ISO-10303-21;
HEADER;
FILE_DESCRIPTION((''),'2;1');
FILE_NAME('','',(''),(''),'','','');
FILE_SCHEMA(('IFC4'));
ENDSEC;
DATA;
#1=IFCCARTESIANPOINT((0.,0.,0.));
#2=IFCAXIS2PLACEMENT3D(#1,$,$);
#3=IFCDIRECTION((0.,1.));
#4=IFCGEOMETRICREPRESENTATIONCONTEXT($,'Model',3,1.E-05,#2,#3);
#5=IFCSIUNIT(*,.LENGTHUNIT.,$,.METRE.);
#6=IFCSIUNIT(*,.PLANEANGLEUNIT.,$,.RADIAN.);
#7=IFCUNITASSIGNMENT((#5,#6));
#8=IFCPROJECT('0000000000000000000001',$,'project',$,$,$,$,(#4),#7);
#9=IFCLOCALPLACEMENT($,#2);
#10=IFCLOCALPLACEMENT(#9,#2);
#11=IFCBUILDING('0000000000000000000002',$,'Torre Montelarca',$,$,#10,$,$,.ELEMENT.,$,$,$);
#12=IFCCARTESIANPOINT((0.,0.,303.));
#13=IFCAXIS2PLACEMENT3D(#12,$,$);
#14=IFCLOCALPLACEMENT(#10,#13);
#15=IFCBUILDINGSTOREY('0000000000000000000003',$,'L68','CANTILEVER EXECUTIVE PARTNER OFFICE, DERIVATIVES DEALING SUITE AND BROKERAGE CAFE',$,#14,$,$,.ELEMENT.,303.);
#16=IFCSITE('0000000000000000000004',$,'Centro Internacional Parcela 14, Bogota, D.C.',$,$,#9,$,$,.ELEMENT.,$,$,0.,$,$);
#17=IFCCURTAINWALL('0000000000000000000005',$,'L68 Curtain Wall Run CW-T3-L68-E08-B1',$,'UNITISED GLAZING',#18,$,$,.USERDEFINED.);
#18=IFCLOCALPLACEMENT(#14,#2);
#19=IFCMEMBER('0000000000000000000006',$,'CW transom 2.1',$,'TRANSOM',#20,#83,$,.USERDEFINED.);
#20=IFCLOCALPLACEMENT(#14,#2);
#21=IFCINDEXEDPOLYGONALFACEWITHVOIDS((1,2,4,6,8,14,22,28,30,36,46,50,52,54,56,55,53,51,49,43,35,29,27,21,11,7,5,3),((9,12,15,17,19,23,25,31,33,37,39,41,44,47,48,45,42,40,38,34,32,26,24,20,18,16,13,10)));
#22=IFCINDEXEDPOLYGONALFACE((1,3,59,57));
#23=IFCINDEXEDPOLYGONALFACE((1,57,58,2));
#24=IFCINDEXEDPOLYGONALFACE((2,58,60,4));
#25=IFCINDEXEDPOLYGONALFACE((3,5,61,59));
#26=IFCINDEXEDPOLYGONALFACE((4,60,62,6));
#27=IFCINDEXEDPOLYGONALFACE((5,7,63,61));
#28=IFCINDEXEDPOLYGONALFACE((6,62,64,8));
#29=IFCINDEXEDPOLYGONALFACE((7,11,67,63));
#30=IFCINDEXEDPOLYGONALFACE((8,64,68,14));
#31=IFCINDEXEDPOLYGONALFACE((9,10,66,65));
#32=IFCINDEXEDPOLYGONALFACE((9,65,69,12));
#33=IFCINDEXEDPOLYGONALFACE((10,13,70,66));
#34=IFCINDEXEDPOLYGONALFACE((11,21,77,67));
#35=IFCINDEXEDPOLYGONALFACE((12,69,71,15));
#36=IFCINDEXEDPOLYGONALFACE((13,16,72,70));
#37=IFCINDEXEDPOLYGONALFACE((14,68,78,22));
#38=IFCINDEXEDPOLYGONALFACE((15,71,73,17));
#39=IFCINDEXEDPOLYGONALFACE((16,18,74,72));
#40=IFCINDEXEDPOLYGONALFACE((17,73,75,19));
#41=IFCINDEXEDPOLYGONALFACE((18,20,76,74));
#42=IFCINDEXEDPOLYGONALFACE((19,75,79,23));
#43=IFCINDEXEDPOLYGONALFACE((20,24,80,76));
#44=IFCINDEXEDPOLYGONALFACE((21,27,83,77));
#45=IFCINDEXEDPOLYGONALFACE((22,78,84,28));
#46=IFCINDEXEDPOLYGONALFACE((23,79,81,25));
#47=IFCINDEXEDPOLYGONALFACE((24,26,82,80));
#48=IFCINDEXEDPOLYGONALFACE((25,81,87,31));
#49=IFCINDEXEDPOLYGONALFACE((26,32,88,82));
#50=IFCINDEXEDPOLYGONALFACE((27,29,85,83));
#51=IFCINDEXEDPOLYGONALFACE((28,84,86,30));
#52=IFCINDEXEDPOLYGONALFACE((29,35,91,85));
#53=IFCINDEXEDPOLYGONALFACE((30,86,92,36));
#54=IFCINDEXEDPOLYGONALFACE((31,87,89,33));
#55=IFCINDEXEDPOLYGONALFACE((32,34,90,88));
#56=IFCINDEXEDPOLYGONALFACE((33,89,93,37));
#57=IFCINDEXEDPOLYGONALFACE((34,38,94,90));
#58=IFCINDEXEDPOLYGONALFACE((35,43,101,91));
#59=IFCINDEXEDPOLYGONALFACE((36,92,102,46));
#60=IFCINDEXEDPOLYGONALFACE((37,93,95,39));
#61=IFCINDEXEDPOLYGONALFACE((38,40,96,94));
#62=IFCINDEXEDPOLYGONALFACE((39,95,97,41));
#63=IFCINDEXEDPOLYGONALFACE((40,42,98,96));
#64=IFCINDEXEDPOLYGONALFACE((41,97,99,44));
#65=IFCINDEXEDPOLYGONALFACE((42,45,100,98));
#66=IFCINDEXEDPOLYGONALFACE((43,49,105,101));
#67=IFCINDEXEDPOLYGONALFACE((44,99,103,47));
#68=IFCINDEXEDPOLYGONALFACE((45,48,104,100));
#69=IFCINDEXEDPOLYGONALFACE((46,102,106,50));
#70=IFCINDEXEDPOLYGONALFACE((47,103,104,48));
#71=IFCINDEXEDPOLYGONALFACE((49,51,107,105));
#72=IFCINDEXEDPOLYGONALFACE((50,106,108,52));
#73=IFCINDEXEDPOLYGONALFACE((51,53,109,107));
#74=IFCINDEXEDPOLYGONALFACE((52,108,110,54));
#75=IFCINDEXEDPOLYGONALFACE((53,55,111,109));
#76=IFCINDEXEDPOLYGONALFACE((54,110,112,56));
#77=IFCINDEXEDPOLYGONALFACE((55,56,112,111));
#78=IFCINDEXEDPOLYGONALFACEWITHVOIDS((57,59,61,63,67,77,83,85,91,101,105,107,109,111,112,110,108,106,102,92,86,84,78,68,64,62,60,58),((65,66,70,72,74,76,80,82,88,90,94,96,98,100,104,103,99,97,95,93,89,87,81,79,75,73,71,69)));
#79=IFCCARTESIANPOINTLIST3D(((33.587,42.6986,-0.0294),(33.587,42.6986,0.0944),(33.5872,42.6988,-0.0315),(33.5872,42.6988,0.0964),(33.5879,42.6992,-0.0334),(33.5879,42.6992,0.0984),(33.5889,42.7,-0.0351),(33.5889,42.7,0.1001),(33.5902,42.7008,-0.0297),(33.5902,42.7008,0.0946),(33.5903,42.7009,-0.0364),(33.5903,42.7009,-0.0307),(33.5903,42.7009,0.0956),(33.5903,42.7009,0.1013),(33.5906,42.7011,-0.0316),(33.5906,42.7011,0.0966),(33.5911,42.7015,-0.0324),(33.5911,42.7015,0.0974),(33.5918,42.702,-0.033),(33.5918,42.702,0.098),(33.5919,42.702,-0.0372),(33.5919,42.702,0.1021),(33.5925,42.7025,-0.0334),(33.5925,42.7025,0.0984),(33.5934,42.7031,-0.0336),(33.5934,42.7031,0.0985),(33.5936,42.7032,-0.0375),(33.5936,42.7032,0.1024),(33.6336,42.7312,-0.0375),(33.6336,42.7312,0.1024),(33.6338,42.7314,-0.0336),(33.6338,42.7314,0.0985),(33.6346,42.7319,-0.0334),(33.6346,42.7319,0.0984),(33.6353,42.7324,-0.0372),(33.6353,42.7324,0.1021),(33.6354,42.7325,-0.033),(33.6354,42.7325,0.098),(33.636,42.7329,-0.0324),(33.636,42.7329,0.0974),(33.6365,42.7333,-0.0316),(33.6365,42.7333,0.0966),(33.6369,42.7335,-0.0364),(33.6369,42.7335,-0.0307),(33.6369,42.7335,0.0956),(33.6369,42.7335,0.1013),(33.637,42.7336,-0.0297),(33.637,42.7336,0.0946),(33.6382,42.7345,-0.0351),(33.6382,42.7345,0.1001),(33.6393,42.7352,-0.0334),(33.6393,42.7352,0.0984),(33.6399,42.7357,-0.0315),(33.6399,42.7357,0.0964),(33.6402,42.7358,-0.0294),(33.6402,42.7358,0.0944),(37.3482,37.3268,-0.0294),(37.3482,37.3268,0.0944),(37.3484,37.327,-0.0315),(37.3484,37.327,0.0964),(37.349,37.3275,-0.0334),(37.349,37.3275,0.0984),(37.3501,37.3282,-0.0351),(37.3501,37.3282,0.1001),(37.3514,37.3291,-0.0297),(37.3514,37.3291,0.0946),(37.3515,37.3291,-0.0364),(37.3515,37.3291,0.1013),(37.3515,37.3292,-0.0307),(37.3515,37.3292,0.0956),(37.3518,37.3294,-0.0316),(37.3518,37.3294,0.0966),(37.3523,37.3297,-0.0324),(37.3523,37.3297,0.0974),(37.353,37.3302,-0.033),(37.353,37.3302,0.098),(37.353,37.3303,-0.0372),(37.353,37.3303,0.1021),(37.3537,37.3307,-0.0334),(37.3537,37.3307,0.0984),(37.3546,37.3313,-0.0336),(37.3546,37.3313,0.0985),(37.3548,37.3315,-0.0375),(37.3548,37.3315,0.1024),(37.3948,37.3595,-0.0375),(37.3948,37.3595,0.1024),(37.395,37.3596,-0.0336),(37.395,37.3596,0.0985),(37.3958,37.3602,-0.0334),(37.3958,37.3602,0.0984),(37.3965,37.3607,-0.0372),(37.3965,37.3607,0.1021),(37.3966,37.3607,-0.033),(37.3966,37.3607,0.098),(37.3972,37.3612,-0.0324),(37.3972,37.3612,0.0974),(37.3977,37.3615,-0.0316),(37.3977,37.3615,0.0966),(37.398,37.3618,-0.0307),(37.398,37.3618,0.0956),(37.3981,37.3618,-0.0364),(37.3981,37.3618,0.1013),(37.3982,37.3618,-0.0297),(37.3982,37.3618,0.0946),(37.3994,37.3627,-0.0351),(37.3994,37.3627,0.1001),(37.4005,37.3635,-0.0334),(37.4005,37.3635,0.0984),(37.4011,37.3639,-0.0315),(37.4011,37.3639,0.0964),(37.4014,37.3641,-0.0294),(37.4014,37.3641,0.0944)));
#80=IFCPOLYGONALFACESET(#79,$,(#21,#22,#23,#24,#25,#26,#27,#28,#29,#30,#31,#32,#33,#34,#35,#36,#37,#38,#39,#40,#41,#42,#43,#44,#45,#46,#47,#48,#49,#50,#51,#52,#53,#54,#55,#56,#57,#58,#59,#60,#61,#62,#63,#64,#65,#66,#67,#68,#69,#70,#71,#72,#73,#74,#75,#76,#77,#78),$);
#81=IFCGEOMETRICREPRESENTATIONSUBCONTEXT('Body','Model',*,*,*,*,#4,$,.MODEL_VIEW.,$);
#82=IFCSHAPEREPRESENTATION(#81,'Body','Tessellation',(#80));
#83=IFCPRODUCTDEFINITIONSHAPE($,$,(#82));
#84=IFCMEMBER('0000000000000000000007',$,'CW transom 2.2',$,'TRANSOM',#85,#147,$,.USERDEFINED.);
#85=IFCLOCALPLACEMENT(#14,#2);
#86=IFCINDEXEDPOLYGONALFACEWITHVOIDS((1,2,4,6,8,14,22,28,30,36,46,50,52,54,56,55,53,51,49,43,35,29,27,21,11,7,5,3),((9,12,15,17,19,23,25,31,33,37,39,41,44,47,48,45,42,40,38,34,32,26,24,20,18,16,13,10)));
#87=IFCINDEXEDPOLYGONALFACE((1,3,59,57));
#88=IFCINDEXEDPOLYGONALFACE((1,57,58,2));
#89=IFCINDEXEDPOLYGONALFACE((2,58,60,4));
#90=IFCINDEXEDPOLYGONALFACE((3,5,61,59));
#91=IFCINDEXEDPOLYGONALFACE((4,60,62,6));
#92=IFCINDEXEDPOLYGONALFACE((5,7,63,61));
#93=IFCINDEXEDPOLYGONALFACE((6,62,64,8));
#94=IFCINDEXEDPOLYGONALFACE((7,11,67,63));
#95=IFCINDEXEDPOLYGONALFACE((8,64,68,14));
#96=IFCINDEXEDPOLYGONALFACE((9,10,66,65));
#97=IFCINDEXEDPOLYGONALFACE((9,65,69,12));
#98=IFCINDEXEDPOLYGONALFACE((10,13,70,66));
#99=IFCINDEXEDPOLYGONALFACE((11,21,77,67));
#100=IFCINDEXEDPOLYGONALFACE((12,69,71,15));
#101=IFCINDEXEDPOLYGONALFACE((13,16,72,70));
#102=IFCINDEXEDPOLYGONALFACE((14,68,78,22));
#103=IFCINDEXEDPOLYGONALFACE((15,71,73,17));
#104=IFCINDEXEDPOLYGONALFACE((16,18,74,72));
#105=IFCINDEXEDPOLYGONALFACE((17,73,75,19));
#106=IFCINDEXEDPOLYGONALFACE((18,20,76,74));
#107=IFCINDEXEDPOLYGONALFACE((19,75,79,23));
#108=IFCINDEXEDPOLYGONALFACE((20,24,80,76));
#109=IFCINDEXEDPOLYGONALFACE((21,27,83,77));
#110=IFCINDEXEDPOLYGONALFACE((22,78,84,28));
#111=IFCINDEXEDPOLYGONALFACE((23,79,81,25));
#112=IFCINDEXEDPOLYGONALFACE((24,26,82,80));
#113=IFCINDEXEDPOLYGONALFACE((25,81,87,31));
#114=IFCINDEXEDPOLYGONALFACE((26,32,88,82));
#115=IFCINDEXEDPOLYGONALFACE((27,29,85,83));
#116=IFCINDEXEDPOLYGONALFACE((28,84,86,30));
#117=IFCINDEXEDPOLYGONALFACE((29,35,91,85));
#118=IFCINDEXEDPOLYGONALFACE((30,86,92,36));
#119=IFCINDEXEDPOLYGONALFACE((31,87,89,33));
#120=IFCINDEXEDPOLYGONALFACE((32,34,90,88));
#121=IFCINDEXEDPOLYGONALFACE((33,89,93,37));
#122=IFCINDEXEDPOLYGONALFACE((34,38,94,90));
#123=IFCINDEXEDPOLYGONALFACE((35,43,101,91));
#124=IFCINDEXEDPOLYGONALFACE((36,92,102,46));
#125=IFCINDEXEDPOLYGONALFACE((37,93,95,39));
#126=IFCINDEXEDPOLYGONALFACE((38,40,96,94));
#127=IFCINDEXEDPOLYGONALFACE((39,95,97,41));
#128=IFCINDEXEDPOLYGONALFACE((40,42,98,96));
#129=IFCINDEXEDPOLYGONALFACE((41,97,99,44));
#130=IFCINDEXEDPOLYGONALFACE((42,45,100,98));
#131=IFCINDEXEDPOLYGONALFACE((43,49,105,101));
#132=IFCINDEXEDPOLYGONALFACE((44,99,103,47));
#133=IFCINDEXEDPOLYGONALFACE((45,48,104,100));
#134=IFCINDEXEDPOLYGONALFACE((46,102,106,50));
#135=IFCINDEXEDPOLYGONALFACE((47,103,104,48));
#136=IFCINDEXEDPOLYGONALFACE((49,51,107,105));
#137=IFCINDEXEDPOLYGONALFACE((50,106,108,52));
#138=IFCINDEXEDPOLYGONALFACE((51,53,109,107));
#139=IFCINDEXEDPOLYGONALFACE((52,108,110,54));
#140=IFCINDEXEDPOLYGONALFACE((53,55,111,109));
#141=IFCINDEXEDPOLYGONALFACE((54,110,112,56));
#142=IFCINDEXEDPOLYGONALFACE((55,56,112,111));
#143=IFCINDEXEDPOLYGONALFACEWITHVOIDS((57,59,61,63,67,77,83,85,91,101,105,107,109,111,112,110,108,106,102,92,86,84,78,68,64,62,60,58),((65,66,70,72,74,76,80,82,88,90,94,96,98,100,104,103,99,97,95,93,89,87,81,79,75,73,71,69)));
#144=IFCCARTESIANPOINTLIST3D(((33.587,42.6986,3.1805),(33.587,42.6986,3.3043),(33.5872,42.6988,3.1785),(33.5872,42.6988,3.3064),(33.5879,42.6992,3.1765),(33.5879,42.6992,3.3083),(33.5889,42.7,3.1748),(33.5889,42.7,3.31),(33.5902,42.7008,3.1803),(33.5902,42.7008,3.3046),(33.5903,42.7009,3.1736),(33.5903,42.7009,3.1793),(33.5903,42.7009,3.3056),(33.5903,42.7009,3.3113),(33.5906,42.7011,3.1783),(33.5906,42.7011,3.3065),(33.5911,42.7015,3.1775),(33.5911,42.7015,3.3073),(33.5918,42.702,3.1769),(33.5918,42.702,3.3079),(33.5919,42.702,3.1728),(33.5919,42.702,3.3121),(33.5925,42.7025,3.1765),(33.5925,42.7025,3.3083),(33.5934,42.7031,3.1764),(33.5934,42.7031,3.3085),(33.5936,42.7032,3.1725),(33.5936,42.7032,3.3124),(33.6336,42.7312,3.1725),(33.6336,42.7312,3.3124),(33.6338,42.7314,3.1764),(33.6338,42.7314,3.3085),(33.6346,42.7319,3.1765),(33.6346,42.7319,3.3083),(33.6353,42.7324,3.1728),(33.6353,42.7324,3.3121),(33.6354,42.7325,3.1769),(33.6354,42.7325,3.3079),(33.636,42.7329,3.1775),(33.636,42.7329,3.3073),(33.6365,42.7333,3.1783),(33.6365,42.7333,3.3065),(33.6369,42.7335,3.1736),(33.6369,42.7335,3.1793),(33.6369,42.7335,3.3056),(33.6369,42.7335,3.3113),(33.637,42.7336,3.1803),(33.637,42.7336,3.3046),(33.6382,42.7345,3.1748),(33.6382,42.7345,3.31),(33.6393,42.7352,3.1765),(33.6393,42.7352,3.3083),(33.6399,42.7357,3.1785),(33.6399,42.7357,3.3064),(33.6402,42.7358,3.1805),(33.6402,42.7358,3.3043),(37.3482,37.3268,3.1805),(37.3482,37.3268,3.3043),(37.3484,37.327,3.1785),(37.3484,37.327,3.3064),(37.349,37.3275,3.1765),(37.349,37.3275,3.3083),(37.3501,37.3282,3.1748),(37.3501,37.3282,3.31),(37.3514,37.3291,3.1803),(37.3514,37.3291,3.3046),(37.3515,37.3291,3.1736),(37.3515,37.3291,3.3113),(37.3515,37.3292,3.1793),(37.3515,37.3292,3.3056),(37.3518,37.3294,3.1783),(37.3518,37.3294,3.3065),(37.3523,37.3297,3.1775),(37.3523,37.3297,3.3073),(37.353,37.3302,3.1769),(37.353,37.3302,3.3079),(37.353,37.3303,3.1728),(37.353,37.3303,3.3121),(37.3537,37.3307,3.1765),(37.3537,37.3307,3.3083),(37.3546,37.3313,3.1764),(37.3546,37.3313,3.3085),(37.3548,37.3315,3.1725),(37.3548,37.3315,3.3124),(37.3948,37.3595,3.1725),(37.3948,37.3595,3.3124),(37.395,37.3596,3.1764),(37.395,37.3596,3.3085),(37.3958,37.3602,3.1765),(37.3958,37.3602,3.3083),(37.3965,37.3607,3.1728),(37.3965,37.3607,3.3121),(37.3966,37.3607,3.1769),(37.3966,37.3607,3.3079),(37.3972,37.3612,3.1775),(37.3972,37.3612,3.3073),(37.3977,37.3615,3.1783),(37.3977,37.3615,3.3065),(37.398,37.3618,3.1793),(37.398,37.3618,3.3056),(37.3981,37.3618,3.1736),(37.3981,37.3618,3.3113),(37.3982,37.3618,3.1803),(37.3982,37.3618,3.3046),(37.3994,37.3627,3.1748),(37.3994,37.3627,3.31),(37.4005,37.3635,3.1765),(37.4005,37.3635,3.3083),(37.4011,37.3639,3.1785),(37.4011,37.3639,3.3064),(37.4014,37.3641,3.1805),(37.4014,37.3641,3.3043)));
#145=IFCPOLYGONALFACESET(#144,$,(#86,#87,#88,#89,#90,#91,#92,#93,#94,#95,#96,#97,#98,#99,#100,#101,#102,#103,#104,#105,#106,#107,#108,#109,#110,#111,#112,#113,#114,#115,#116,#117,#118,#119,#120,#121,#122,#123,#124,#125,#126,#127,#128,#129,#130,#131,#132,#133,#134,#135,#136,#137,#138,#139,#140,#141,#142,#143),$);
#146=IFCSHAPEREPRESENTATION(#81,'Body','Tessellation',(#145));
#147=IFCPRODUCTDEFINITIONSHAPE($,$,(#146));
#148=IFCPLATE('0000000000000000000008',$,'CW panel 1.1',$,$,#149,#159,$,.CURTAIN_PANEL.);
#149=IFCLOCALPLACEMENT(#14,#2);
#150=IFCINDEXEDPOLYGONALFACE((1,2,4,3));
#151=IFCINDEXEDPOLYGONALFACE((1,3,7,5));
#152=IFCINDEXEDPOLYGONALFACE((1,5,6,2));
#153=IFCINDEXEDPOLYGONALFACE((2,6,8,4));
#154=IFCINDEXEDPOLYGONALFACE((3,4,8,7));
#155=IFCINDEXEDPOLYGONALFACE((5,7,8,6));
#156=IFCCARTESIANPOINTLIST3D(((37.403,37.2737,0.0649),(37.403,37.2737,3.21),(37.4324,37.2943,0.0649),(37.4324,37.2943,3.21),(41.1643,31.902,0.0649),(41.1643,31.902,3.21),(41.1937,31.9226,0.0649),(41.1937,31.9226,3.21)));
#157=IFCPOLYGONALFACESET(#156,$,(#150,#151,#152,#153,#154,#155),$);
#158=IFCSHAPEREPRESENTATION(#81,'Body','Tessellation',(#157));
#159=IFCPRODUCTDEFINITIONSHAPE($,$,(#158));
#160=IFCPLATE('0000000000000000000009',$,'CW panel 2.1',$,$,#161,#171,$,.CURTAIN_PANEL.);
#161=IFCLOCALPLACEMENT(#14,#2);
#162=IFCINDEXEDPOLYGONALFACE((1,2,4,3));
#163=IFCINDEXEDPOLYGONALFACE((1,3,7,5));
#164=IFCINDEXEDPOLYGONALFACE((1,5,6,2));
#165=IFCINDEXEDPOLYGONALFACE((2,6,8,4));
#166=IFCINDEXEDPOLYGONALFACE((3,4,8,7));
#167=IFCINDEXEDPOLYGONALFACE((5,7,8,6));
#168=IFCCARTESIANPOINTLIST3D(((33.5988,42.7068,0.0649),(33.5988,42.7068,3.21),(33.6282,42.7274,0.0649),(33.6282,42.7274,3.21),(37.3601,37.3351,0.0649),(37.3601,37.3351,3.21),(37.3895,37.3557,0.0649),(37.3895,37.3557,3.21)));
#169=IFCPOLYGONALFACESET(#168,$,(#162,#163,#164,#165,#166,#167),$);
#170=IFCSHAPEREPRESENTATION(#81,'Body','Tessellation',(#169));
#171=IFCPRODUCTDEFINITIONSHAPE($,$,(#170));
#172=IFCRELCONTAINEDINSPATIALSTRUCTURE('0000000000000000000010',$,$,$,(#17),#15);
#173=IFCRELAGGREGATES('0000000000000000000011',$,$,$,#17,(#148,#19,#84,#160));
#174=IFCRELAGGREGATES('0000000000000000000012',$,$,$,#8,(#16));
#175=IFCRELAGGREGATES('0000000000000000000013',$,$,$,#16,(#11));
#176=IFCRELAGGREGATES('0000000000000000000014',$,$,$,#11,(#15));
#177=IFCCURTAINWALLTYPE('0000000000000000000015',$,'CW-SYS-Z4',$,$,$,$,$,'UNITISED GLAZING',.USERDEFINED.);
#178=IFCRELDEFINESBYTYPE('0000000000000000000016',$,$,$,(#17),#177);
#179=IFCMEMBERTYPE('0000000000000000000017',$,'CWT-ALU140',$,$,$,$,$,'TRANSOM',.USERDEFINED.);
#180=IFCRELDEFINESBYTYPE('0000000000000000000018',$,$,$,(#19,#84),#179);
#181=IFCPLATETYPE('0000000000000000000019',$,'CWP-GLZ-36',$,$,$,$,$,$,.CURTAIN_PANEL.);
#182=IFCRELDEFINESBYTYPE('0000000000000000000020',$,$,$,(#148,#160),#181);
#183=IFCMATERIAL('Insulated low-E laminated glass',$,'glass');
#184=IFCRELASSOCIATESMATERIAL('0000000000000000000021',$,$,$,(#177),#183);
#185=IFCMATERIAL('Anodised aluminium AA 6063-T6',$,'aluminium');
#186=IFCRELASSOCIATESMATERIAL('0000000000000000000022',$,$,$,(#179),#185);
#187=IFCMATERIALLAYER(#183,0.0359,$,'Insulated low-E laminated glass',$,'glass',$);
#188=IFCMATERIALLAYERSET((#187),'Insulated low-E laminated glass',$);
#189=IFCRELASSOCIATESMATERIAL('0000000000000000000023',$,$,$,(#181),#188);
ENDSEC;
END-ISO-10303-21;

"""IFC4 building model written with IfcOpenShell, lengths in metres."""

from ifc_helpers import new_model, si_unit, direction, frame, origin, origin_2d, place, context, subcontext, project, spatial, rectangle, hollow_rectangle, extrude, source, transform, mapped, material, layer, layer_set, material_profile, profile_set, type_object, element, aggregate, save


model = new_model("IFC4")

# Units and contexts
model_context = context("Model", 3, precision=1e-05, world=origin(), true_north=direction((0.0, 1.0)))
body_context = subcontext(model_context, "Body", "Model", "MODEL_VIEW")
ifc_project = project(units=[si_unit("LENGTHUNIT", "METRE"), si_unit("PLANEANGLEUNIT", "RADIAN")], contexts=[model_context])

# Site, building, storey
site_placement = place(None, origin())
site = spatial("IfcSite", under=ifc_project, at=site_placement, Name="Centro Internacional Parcela 14, Bogota, D.C.", CompositionType="ELEMENT", RefElevation=0.0)
building_placement = place(site_placement, origin())
building = spatial("IfcBuilding", under=site, at=building_placement, Name="Torre Montelarca", CompositionType="ELEMENT")
storey_placement = place(building_placement, frame((0.0, 0.0, 303.0)))
storey = spatial("IfcBuildingStorey", under=building, at=storey_placement, Name="L68", Description="CANTILEVER EXECUTIVE PARTNER OFFICE, DERIVATIVES DEALING SUITE AND BROKERAGE CAFE", CompositionType="ELEMENT", Elevation=303.0)

# Shared definitions
ifc_material_1 = material(Name="Insulated low-E laminated glass", Category="glass")
curtain_wall_type = type_object("IfcCurtainWallType", Name="CW-SYS-Z4", ElementType="UNITISED GLAZING", PredefinedType="USERDEFINED", material=ifc_material_1)
ifc_material_2 = material(Name="Anodised aluminium AA 6063-T6", Category="aluminium")

# Curtain wall, members, plates
curtain_wall_1_placement = place(storey_placement, origin())
curtain_wall_1 = element("IfcCurtainWall", 1, at=curtain_wall_1_placement, inside=storey, type_object=curtain_wall_type, Name="L68 Curtain Wall Run CW-T3-L68-E08-B1", ObjectType="UNITISED GLAZING", PredefinedType="USERDEFINED")
ifc_material_profile_1 = material_profile(ifc_material_2, hollow_rectangle(XDim=0.0649, YDim=0.1399, WallThickness=0.0039, InnerFilletRadius=0.0039, OuterFilletRadius=0.0081, at=origin_2d()), Name="ALU65X140X4", Category="aluminium")
ifc_profile_set_1 = profile_set([ifc_material_profile_1], Name="Anodised aluminium AA 6063-T6")
member_type_1 = type_object("IfcMemberType", Name="CWT-ALU140", ElementType="TRANSOM", PredefinedType="USERDEFINED", material=ifc_profile_set_1)
shared_shape_1 = source(origin(), body_context, "Body", "SweptSolid", [
    extrude(hollow_rectangle(XDim=0.0649, YDim=0.1399, WallThickness=0.0039, InnerFilletRadius=0.0039, OuterFilletRadius=0.0081, at=origin_2d()), origin(), (0.0, 0.0, 1.0), 6.5576),
])
member_1_placement = place(storey_placement, frame((37.3748, 37.3455, 0.0325), z_axis=(-0.57356, 0.819164, 0.0), x_axis=(-0.819164, -0.57356, 0.0)))
member_1 = element("IfcMember", 2, at=member_1_placement, type_object=member_type_1, Name="CW transom 2.1", ObjectType="TRANSOM", PredefinedType="USERDEFINED", context=body_context, shape_type="MappedRepresentation", body=[
    mapped(shared_shape_1, transform((0.0, 0.0, 0.0), scale=1.0)),
])
member_2_placement = place(storey_placement, frame((37.3748, 37.3455, 3.2424), z_axis=(-0.57356, 0.819164, 0.0), x_axis=(-0.819164, -0.57356, 0.0)))
member_2 = element("IfcMember", 3, at=member_2_placement, type_object=member_type_1, Name="CW transom 2.2", ObjectType="TRANSOM", PredefinedType="USERDEFINED", context=body_context, shape_type="MappedRepresentation", body=[
    mapped(shared_shape_1, transform((0.0, 0.0, 0.0), scale=1.0)),
])
ifc_layer_1 = layer(ifc_material_1, 0.0359, Name="Insulated low-E laminated glass", Category="glass")
ifc_layer_set_1 = layer_set([ifc_layer_1], Name="Insulated low-E laminated glass")
plate_type = type_object("IfcPlateType", Name="CWP-GLZ-36", PredefinedType="CURTAIN_PANEL", material=ifc_layer_set_1)
shared_shape_2 = source(origin(), body_context, "Body", "SweptSolid", [
    extrude(rectangle(XDim=6.5576, YDim=0.0359, at=origin_2d()), origin(), (0.0, 0.0, 1.0), 3.145),
])
plate_1_placement = place(storey_placement, frame((39.2983, 34.5981, 0.0649), z_axis=(0.0, 0.0, 1.0), x_axis=(-0.573567, 0.819159, 0.0)))
plate_1 = element("IfcPlate", 4, at=plate_1_placement, type_object=plate_type, Name="CW panel 1.1", PredefinedType="CURTAIN_PANEL", context=body_context, shape_type="MappedRepresentation", body=[
    mapped(shared_shape_2, transform((0.0, 0.0, 0.0), scale=1.0)),
])
plate_2_placement = place(storey_placement, frame((35.4941, 40.0312, 0.0649), z_axis=(0.0, 0.0, 1.0), x_axis=(-0.573567, 0.819159, 0.0)))
plate_2 = element("IfcPlate", 5, at=plate_2_placement, type_object=plate_type, Name="CW panel 2.1", PredefinedType="CURTAIN_PANEL", context=body_context, shape_type="MappedRepresentation", body=[
    mapped(shared_shape_2, transform((0.0, 0.0, 0.0), scale=1.0)),
])
aggregate(curtain_wall_1, [plate_1, member_1, member_2, plate_2])

save(model, "model.ifc")
